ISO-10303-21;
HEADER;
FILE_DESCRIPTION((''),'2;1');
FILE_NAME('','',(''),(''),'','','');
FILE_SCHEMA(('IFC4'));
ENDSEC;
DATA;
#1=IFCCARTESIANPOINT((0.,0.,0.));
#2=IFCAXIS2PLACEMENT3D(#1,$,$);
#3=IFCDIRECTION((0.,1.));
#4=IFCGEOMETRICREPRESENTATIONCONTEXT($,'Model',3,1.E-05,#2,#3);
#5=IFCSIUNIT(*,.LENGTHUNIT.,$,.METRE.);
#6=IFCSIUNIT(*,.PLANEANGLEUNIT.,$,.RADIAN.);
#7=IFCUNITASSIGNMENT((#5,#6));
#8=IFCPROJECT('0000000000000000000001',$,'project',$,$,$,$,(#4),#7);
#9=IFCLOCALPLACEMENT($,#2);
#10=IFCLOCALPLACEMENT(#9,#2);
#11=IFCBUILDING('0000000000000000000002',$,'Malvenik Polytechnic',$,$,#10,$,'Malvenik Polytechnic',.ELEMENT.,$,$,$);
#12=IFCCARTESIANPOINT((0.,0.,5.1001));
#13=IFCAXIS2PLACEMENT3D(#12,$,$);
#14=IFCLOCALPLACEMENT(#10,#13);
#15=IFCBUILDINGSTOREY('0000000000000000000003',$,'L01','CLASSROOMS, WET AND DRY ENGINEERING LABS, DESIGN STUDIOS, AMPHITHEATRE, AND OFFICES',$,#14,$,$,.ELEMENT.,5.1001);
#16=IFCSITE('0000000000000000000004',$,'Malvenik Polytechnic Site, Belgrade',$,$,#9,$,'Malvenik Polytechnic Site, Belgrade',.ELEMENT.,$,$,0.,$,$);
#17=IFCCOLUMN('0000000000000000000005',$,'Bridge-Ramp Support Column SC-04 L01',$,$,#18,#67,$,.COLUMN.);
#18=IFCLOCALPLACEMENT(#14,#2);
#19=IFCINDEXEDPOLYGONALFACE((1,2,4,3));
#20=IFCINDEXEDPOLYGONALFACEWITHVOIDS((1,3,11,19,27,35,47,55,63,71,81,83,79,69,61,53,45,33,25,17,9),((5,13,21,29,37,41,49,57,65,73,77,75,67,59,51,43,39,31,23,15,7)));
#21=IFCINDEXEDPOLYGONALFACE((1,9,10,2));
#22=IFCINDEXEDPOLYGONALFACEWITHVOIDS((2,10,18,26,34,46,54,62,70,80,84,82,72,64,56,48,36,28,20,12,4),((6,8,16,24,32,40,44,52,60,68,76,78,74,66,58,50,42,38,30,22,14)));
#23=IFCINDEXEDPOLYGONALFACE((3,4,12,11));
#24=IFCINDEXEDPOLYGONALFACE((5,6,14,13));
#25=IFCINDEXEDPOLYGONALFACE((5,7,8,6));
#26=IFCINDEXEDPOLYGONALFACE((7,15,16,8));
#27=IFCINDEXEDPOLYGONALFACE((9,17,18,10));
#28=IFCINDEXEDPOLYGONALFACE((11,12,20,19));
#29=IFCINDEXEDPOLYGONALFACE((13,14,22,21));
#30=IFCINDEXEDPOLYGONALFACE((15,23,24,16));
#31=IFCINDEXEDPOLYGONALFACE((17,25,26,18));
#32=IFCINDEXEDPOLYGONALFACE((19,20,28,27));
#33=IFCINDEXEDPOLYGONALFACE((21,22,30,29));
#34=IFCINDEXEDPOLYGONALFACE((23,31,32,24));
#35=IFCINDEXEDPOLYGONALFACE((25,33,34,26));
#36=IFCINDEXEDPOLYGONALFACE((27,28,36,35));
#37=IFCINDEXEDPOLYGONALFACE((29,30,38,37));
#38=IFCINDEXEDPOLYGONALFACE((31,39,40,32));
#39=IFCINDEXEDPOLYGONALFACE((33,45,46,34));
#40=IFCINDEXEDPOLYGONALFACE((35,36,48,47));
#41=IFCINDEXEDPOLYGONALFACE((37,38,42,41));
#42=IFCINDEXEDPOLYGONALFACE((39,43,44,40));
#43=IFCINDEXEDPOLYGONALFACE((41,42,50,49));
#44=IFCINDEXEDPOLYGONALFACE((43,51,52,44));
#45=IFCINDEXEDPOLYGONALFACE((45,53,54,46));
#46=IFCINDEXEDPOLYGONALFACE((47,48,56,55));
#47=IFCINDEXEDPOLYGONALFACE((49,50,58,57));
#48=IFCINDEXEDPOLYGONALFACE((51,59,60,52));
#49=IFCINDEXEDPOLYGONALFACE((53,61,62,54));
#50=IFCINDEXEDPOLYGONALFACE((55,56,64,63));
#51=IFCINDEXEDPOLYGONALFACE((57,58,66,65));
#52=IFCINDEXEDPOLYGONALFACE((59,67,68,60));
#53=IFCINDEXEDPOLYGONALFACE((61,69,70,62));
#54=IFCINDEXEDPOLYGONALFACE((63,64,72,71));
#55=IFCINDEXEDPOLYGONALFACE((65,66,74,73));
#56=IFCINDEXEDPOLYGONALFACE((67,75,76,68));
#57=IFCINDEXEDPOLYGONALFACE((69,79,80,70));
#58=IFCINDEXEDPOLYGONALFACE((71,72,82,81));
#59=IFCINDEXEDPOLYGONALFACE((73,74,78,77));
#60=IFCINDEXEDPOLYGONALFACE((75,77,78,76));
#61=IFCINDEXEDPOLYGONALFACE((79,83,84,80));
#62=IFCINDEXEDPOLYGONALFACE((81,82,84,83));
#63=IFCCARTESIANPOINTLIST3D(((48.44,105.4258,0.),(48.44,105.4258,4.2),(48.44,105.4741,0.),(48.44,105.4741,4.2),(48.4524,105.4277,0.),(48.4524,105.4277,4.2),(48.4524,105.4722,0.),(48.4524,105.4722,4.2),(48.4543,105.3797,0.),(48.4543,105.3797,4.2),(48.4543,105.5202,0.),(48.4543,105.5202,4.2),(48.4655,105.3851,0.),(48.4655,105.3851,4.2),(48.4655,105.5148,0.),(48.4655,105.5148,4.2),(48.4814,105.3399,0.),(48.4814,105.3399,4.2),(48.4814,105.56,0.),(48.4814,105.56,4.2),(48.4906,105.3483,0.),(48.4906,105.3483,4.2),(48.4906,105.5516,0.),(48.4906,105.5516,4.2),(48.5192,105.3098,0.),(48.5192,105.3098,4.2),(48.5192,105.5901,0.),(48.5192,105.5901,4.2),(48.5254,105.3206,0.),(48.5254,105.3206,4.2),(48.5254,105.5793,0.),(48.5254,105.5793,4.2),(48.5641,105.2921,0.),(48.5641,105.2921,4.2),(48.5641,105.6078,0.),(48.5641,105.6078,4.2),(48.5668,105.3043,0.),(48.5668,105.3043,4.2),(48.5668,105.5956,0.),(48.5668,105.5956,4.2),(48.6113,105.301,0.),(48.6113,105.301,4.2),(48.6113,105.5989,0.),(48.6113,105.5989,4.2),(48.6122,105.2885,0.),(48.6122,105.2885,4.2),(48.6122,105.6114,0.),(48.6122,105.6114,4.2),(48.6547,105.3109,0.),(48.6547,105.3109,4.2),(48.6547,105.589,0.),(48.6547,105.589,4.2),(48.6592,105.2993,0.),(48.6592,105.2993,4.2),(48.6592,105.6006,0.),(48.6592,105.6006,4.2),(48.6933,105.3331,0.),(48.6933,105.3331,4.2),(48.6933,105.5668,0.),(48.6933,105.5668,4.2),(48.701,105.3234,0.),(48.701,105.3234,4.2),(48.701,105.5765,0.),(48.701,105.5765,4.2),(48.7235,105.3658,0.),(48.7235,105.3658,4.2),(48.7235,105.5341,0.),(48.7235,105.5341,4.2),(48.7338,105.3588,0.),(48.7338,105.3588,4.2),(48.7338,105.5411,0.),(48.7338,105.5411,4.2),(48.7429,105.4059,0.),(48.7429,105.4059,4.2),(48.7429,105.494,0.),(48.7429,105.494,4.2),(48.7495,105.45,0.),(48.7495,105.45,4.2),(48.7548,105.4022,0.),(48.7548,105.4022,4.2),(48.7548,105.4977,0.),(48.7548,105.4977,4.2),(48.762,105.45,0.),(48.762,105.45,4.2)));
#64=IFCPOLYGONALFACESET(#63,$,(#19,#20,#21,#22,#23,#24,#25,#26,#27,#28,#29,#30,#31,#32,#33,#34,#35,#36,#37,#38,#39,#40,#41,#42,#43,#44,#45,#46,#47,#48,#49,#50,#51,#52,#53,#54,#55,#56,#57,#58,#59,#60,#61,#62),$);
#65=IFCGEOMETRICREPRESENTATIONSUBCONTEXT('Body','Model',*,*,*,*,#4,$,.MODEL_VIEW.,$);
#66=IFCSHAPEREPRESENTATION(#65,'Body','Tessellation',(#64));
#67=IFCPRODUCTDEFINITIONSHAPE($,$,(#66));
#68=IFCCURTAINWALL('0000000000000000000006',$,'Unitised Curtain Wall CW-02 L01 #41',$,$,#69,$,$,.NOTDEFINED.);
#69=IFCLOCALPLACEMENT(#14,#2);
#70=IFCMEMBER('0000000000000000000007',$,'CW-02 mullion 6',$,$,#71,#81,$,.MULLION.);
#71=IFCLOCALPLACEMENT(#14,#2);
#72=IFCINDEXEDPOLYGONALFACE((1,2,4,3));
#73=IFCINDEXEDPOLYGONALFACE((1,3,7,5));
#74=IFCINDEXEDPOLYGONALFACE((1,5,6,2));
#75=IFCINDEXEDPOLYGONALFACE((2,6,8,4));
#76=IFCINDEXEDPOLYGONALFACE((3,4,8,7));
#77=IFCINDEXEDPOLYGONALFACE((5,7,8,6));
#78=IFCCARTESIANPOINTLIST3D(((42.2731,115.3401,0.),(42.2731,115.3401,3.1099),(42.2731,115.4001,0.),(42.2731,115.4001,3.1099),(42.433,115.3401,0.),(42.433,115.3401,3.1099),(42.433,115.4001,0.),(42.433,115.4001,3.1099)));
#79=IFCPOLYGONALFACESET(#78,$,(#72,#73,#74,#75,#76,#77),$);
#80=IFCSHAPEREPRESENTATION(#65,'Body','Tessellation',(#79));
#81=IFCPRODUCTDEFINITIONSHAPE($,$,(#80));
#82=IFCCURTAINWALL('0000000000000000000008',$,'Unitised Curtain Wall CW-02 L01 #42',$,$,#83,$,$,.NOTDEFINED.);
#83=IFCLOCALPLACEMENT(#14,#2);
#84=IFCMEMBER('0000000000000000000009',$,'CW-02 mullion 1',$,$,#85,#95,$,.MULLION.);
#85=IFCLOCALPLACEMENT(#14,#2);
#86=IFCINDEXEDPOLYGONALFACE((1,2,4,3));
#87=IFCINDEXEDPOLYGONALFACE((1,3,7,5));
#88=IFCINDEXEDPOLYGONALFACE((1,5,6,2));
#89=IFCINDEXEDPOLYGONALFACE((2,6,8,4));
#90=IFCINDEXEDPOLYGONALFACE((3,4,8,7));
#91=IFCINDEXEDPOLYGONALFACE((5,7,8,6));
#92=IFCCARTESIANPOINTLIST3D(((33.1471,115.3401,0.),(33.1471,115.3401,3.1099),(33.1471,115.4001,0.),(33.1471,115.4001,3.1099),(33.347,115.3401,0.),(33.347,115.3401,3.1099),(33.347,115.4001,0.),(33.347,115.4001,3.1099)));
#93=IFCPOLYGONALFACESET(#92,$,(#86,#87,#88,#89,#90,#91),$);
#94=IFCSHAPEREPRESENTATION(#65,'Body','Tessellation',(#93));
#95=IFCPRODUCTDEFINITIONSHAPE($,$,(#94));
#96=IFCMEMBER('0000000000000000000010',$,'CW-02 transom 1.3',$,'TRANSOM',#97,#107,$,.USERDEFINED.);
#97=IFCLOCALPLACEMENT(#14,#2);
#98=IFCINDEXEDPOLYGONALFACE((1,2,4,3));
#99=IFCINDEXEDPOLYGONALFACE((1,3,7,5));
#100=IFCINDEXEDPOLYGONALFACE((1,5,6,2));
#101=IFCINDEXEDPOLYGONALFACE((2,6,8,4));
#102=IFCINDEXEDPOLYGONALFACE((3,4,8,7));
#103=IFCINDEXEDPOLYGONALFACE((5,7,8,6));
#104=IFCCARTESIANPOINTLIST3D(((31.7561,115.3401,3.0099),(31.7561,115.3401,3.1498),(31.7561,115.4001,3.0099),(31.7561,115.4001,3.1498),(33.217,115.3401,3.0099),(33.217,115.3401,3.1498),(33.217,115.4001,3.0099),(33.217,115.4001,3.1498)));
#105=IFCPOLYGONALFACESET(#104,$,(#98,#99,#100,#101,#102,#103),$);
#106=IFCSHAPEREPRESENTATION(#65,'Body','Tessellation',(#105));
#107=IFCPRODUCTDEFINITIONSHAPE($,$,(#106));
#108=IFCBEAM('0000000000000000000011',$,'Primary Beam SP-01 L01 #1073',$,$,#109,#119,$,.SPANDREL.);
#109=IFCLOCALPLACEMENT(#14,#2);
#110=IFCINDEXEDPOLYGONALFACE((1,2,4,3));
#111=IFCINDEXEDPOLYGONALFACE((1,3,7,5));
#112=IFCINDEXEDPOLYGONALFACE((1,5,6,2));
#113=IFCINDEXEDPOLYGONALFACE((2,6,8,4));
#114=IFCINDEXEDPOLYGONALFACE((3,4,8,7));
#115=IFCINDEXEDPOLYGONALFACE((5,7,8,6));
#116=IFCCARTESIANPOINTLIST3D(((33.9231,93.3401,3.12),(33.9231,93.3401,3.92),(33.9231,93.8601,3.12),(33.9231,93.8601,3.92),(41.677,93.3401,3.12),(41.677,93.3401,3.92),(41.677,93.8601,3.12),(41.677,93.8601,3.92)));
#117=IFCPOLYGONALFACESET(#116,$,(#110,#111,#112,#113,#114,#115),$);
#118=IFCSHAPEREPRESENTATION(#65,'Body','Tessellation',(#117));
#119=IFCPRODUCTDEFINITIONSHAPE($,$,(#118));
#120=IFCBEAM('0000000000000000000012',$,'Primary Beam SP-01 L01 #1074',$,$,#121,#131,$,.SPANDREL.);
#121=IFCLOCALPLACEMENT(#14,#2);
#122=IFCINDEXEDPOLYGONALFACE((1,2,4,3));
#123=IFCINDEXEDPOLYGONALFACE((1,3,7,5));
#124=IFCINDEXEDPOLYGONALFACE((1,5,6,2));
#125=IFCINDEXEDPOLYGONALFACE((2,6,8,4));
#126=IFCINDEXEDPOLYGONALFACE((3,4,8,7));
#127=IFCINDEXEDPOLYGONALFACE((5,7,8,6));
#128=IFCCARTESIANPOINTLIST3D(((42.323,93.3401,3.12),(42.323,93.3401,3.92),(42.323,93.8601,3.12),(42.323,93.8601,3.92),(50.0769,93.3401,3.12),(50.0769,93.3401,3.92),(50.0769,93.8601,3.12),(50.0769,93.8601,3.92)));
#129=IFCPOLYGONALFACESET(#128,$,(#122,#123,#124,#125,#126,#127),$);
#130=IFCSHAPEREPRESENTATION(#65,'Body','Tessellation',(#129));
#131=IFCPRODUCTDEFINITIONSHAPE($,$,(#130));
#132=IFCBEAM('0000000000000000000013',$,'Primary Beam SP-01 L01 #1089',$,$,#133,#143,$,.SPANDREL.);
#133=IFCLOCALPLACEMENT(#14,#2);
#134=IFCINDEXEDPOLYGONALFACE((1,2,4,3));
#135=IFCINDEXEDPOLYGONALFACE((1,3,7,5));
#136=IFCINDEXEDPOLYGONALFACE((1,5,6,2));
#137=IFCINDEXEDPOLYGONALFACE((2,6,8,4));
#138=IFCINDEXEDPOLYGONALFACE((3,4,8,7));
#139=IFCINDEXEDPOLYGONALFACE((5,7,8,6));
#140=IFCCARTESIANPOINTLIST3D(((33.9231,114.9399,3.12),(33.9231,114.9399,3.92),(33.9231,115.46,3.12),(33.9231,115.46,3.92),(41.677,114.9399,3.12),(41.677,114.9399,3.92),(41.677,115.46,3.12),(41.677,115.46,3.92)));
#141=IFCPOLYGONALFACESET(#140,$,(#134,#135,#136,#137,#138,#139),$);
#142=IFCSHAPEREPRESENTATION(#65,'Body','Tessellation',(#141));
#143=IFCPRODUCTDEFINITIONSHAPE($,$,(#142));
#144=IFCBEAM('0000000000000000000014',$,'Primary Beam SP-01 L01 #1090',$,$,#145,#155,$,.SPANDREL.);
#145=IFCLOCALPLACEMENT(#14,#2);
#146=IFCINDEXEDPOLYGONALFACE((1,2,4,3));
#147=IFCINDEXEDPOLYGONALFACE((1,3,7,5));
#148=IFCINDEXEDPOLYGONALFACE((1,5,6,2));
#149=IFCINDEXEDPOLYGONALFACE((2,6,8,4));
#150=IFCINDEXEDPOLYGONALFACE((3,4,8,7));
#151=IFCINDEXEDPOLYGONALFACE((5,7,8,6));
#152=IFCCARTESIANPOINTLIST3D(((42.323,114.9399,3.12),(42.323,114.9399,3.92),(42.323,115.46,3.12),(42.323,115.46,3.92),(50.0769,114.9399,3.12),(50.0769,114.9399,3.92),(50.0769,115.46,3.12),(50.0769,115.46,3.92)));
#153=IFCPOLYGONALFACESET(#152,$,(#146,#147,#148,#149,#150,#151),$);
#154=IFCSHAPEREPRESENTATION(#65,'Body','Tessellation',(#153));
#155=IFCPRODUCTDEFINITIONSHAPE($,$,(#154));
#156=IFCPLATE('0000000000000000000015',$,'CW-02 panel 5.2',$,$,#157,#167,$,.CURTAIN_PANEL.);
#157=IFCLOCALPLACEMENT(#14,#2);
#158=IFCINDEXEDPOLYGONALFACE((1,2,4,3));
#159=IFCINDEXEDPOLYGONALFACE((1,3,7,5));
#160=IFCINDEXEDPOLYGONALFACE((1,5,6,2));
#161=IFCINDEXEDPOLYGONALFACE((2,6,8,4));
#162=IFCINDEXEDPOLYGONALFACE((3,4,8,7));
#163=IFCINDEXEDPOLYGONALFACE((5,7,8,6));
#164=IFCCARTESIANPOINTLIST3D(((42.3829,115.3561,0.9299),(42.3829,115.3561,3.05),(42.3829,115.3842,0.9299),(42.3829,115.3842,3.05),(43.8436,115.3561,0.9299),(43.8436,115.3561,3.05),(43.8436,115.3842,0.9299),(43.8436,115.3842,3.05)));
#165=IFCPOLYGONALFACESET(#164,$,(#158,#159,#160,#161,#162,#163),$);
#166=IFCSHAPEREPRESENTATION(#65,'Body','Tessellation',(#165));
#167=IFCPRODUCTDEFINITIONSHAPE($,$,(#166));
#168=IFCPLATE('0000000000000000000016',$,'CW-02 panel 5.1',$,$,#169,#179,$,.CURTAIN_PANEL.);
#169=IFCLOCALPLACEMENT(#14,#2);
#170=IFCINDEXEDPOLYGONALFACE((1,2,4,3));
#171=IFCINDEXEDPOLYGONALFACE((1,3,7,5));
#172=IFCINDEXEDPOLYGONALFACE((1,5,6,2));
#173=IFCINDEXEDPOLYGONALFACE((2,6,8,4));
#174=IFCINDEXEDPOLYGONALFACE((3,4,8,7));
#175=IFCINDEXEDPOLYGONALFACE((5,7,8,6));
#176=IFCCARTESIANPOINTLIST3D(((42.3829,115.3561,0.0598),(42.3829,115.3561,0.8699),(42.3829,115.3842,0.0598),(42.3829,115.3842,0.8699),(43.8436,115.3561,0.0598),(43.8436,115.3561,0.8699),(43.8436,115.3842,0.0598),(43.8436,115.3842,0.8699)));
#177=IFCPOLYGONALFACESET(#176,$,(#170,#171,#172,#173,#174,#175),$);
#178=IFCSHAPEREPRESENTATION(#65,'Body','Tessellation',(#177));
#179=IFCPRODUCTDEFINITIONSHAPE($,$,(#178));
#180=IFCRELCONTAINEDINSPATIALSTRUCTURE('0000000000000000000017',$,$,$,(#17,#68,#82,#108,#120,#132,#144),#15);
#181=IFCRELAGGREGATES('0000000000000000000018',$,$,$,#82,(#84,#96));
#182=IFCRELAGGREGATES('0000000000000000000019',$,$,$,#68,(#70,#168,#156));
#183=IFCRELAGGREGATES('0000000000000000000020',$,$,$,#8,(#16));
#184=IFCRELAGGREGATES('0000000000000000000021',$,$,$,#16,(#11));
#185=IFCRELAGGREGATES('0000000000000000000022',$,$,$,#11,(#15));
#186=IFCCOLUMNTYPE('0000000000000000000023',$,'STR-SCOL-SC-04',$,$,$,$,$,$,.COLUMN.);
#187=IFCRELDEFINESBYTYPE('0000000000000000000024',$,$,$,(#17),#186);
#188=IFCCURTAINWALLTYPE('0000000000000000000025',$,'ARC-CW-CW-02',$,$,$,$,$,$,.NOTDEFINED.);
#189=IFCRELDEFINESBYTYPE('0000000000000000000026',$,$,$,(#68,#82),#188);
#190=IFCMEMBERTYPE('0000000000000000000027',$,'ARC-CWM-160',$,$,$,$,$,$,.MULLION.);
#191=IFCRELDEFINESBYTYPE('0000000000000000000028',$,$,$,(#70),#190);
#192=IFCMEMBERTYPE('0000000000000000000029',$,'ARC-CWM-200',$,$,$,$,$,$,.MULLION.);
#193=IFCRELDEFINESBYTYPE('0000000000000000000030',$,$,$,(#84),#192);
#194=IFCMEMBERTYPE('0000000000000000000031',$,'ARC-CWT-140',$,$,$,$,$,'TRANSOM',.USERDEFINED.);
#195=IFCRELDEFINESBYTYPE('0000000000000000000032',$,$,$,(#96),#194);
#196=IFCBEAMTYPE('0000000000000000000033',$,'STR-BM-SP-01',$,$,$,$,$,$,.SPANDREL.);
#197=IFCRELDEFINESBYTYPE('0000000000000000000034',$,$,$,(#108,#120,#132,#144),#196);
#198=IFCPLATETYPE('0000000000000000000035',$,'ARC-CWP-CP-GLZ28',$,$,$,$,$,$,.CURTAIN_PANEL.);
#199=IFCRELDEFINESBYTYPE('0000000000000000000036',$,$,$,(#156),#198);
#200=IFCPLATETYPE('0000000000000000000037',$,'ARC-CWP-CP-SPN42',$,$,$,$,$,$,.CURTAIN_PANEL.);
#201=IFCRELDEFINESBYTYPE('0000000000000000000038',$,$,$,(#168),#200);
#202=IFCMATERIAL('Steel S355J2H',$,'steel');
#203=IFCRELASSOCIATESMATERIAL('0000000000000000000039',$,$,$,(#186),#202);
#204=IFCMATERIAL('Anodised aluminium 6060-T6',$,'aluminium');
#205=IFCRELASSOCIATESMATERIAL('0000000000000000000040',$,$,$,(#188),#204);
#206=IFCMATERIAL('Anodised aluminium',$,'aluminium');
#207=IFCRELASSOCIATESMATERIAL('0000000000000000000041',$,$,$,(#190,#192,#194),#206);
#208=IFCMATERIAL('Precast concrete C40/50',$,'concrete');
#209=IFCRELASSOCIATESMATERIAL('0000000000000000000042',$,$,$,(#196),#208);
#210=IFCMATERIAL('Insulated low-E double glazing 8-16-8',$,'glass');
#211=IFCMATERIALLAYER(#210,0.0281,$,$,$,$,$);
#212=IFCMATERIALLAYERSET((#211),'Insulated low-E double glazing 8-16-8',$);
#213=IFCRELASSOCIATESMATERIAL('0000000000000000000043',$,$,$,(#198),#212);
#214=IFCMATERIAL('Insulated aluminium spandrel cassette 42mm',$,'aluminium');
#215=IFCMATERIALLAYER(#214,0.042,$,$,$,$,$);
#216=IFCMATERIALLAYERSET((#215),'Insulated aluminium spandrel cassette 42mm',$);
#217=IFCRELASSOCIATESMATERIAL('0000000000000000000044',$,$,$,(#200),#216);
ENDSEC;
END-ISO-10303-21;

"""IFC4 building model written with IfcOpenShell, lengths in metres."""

from ifc_helpers import new_model, si_unit, direction, frame, origin, origin_2d, place, context, subcontext, project, spatial, rectangle, hollow_circle, extrude, material, layer, layer_set, material_profile, profile_set, type_object, element, aggregate, save


model = new_model("IFC4")

# Units and contexts
model_context = context("Model", 3, precision=1e-05, world=origin(), true_north=direction((0.0, 1.0)))
body_context = subcontext(model_context, "Body", "Model", "MODEL_VIEW")
ifc_project = project(units=[si_unit("LENGTHUNIT", "METRE"), si_unit("PLANEANGLEUNIT", "RADIAN")], contexts=[model_context])

# Site, building, storey
site_placement = place(None, origin())
site = spatial("IfcSite", under=ifc_project, at=site_placement, Name="Malvenik Polytechnic Site, Belgrade", LongName="Malvenik Polytechnic Site, Belgrade", CompositionType="ELEMENT", RefElevation=0.0)
building_placement = place(site_placement, origin())
building = spatial("IfcBuilding", under=site, at=building_placement, Name="Malvenik Polytechnic", LongName="Malvenik Polytechnic", CompositionType="ELEMENT")
storey_placement = place(building_placement, frame((0.0, 0.0, 5.1001)))
storey = spatial("IfcBuildingStorey", under=building, at=storey_placement, Name="L01", Description="CLASSROOMS, WET AND DRY ENGINEERING LABS, DESIGN STUDIOS, AMPHITHEATRE, AND OFFICES", CompositionType="ELEMENT", Elevation=5.1001)

# Column
ifc_material_1 = material(Name="Steel S355J2H", Category="steel")
ifc_material_profile_1 = material_profile(ifc_material_1, hollow_circle(Radius=0.1619, WallThickness=0.0125, at=origin_2d()), Name="CHS 323.9x12.5")
ifc_profile_set_1 = profile_set([ifc_material_profile_1], Name="Steel S355J2H")
column_type_1 = type_object("IfcColumnType", Name="STR-SCOL-SC-04", PredefinedType="COLUMN", material=ifc_profile_set_1)
for number, where, z_axis, x_axis, name in (
    (1, (48.6001, 105.45, 0.0), (0.0, 0.0, 1.0), (1.0, 0.0, 0.0), "Bridge-Ramp Support Column SC-04 L01"),
):
    element("IfcColumn", number, at=place(storey_placement, frame(where, z_axis=z_axis, x_axis=x_axis)), inside=storey, type_object=column_type_1, Name=name, PredefinedType="COLUMN", context=body_context, shape_type="SweptSolid", body=[
        extrude(hollow_circle(Radius=0.1619, WallThickness=0.0125, at=origin_2d()), origin(), (0.0, 0.0, 1.0), 4.2),
    ])

# Curtain wall, member
ifc_material_2 = material(Name="Anodised aluminium 6060-T6", Category="aluminium")
curtain_wall_type = type_object("IfcCurtainWallType", Name="ARC-CW-CW-02", PredefinedType="NOTDEFINED", material=ifc_material_2)
curtain_wall_1_placement = place(storey_placement, origin())
curtain_wall_1 = element("IfcCurtainWall", 2, at=curtain_wall_1_placement, inside=storey, type_object=curtain_wall_type, Name="Unitised Curtain Wall CW-02 L01 #41", PredefinedType="NOTDEFINED")
ifc_material_3 = material(Name="Anodised aluminium", Category="aluminium")
ifc_material_profile_2 = material_profile(ifc_material_3, rectangle(XDim=0.0601, YDim=0.1599, at=origin_2d()), Name="ALU MULLION 60x160")
ifc_profile_set_2 = profile_set([ifc_material_profile_2], Name="Anodised aluminium")
member_type_1 = type_object("IfcMemberType", Name="ARC-CWM-160", PredefinedType="MULLION", material=ifc_profile_set_2)
member_1_placement = place(storey_placement, frame((42.353, 115.3701, 0.0), z_axis=(0.0, 0.0, 1.0), x_axis=(0.0, -1.0, 0.0)))
member_1 = element("IfcMember", 3, at=member_1_placement, type_object=member_type_1, Name="CW-02 mullion 6", PredefinedType="MULLION", context=body_context, shape_type="SweptSolid", body=[
    extrude(rectangle(XDim=0.0601, YDim=0.1599, at=origin_2d()), origin(), (0.0, 0.0, 1.0), 3.1099),
])

# Curtain wall, members
curtain_wall_2_placement = place(storey_placement, origin())
curtain_wall_2 = element("IfcCurtainWall", 4, at=curtain_wall_2_placement, inside=storey, type_object=curtain_wall_type, Name="Unitised Curtain Wall CW-02 L01 #42", PredefinedType="NOTDEFINED")
ifc_material_profile_3 = material_profile(ifc_material_3, rectangle(XDim=0.0601, YDim=0.2, at=origin_2d()), Name="ALU MULLION 60x200")
ifc_profile_set_3 = profile_set([ifc_material_profile_3], Name="Anodised aluminium")
member_type_2 = type_object("IfcMemberType", Name="ARC-CWM-200", PredefinedType="MULLION", material=ifc_profile_set_3)
member_2_placement = place(storey_placement, frame((33.2471, 115.3701, 0.0), z_axis=(0.0, 0.0, 1.0), x_axis=(0.0, -1.0, 0.0)))
member_2 = element("IfcMember", 5, at=member_2_placement, type_object=member_type_2, Name="CW-02 mullion 1", PredefinedType="MULLION", context=body_context, shape_type="SweptSolid", body=[
    extrude(rectangle(XDim=0.0601, YDim=0.2, at=origin_2d()), origin(), (0.0, 0.0, 1.0), 3.1099),
])
ifc_material_profile_4 = material_profile(ifc_material_3, rectangle(XDim=0.0601, YDim=0.1399, at=origin_2d()), Name="ALU TRANSOM 60x140")
ifc_profile_set_4 = profile_set([ifc_material_profile_4], Name="Anodised aluminium")
member_type_3 = type_object("IfcMemberType", Name="ARC-CWT-140", ElementType="TRANSOM", PredefinedType="USERDEFINED", material=ifc_profile_set_4)
member_3_placement = place(storey_placement, frame((33.217, 115.3701, 3.0798), z_axis=(-1.0, 0.0, 0.0), x_axis=(0.0, -1.0, 0.0)))
member_3 = element("IfcMember", 6, at=member_3_placement, type_object=member_type_3, Name="CW-02 transom 1.3", ObjectType="TRANSOM", PredefinedType="USERDEFINED", context=body_context, shape_type="SweptSolid", body=[
    extrude(rectangle(XDim=0.0601, YDim=0.1399, at=origin_2d()), origin(), (0.0, 0.0, 1.0), 1.4609),
])
aggregate(curtain_wall_2, [member_2, member_3])

# Beams
ifc_material_4 = material(Name="Precast concrete C40/50", Category="concrete")
ifc_material_profile_5 = material_profile(ifc_material_4, rectangle(XDim=0.52, YDim=0.8, at=origin_2d()), Name="PC SPN 520x800")
ifc_profile_set_5 = profile_set([ifc_material_profile_5], Name="Precast concrete C40/50")
beam_type = type_object("IfcBeamType", Name="STR-BM-SP-01", PredefinedType="SPANDREL", material=ifc_profile_set_5)
for number, where, z_axis, x_axis, name in (
    (7, (33.9231, 93.6001, 3.52), (1.0, 0.0, 0.0), (0.0, 1.0, 0.0), "Primary Beam SP-01 L01 #1073"),
    (8, (42.323, 93.6001, 3.52), (1.0, 0.0, 0.0), (0.0, 1.0, 0.0), "Primary Beam SP-01 L01 #1074"),
    (9, (33.9231, 115.2, 3.52), (1.0, 0.0, 0.0), (0.0, 1.0, 0.0), "Primary Beam SP-01 L01 #1089"),
    (10, (42.323, 115.2, 3.52), (1.0, 0.0, 0.0), (0.0, 1.0, 0.0), "Primary Beam SP-01 L01 #1090"),
):
    element("IfcBeam", number, at=place(storey_placement, frame(where, z_axis=z_axis, x_axis=x_axis)), inside=storey, type_object=beam_type, Name=name, PredefinedType="SPANDREL", context=body_context, shape_type="SweptSolid", body=[
        extrude(rectangle(XDim=0.52, YDim=0.8, at=origin_2d()), origin(), (0.0, 0.0, 1.0), 7.7539),
    ])

# Plates
ifc_material_5 = material(Name="Insulated low-E double glazing 8-16-8", Category="glass")
ifc_layer_1 = layer(ifc_material_5, 0.0281)
ifc_layer_set_1 = layer_set([ifc_layer_1], Name="Insulated low-E double glazing 8-16-8")
plate_type_1 = type_object("IfcPlateType", Name="ARC-CWP-CP-GLZ28", PredefinedType="CURTAIN_PANEL", material=ifc_layer_set_1)
plate_1_placement = place(storey_placement, frame((43.1133, 115.3701, 0.9299), z_axis=(0.0, 0.0, 1.0), x_axis=(-1.0, 0.0, 0.0)))
plate_1 = element("IfcPlate", 11, at=plate_1_placement, type_object=plate_type_1, Name="CW-02 panel 5.2", PredefinedType="CURTAIN_PANEL", context=body_context, shape_type="SweptSolid", body=[
    extrude(rectangle(XDim=1.4607, YDim=0.0281, at=origin_2d()), origin(), (0.0, 0.0, 1.0), 2.1201),
])
ifc_material_6 = material(Name="Insulated aluminium spandrel cassette 42mm", Category="aluminium")
ifc_layer_2 = layer(ifc_material_6, 0.042)
ifc_layer_set_2 = layer_set([ifc_layer_2], Name="Insulated aluminium spandrel cassette 42mm")
plate_type_2 = type_object("IfcPlateType", Name="ARC-CWP-CP-SPN42", PredefinedType="CURTAIN_PANEL", material=ifc_layer_set_2)
plate_2_placement = place(storey_placement, frame((43.1133, 115.3701, 0.0598), z_axis=(0.0, 0.0, 1.0), x_axis=(-1.0, 0.0, 0.0)))
plate_2 = element("IfcPlate", 12, at=plate_2_placement, type_object=plate_type_2, Name="CW-02 panel 5.1", PredefinedType="CURTAIN_PANEL", context=body_context, shape_type="SweptSolid", body=[
    extrude(rectangle(XDim=1.4607, YDim=0.0281, at=origin_2d()), origin(), (0.0, 0.0, 1.0), 0.8101),
])
aggregate(curtain_wall_1, [member_1, plate_2, plate_1])

save(model, "model.ifc")
